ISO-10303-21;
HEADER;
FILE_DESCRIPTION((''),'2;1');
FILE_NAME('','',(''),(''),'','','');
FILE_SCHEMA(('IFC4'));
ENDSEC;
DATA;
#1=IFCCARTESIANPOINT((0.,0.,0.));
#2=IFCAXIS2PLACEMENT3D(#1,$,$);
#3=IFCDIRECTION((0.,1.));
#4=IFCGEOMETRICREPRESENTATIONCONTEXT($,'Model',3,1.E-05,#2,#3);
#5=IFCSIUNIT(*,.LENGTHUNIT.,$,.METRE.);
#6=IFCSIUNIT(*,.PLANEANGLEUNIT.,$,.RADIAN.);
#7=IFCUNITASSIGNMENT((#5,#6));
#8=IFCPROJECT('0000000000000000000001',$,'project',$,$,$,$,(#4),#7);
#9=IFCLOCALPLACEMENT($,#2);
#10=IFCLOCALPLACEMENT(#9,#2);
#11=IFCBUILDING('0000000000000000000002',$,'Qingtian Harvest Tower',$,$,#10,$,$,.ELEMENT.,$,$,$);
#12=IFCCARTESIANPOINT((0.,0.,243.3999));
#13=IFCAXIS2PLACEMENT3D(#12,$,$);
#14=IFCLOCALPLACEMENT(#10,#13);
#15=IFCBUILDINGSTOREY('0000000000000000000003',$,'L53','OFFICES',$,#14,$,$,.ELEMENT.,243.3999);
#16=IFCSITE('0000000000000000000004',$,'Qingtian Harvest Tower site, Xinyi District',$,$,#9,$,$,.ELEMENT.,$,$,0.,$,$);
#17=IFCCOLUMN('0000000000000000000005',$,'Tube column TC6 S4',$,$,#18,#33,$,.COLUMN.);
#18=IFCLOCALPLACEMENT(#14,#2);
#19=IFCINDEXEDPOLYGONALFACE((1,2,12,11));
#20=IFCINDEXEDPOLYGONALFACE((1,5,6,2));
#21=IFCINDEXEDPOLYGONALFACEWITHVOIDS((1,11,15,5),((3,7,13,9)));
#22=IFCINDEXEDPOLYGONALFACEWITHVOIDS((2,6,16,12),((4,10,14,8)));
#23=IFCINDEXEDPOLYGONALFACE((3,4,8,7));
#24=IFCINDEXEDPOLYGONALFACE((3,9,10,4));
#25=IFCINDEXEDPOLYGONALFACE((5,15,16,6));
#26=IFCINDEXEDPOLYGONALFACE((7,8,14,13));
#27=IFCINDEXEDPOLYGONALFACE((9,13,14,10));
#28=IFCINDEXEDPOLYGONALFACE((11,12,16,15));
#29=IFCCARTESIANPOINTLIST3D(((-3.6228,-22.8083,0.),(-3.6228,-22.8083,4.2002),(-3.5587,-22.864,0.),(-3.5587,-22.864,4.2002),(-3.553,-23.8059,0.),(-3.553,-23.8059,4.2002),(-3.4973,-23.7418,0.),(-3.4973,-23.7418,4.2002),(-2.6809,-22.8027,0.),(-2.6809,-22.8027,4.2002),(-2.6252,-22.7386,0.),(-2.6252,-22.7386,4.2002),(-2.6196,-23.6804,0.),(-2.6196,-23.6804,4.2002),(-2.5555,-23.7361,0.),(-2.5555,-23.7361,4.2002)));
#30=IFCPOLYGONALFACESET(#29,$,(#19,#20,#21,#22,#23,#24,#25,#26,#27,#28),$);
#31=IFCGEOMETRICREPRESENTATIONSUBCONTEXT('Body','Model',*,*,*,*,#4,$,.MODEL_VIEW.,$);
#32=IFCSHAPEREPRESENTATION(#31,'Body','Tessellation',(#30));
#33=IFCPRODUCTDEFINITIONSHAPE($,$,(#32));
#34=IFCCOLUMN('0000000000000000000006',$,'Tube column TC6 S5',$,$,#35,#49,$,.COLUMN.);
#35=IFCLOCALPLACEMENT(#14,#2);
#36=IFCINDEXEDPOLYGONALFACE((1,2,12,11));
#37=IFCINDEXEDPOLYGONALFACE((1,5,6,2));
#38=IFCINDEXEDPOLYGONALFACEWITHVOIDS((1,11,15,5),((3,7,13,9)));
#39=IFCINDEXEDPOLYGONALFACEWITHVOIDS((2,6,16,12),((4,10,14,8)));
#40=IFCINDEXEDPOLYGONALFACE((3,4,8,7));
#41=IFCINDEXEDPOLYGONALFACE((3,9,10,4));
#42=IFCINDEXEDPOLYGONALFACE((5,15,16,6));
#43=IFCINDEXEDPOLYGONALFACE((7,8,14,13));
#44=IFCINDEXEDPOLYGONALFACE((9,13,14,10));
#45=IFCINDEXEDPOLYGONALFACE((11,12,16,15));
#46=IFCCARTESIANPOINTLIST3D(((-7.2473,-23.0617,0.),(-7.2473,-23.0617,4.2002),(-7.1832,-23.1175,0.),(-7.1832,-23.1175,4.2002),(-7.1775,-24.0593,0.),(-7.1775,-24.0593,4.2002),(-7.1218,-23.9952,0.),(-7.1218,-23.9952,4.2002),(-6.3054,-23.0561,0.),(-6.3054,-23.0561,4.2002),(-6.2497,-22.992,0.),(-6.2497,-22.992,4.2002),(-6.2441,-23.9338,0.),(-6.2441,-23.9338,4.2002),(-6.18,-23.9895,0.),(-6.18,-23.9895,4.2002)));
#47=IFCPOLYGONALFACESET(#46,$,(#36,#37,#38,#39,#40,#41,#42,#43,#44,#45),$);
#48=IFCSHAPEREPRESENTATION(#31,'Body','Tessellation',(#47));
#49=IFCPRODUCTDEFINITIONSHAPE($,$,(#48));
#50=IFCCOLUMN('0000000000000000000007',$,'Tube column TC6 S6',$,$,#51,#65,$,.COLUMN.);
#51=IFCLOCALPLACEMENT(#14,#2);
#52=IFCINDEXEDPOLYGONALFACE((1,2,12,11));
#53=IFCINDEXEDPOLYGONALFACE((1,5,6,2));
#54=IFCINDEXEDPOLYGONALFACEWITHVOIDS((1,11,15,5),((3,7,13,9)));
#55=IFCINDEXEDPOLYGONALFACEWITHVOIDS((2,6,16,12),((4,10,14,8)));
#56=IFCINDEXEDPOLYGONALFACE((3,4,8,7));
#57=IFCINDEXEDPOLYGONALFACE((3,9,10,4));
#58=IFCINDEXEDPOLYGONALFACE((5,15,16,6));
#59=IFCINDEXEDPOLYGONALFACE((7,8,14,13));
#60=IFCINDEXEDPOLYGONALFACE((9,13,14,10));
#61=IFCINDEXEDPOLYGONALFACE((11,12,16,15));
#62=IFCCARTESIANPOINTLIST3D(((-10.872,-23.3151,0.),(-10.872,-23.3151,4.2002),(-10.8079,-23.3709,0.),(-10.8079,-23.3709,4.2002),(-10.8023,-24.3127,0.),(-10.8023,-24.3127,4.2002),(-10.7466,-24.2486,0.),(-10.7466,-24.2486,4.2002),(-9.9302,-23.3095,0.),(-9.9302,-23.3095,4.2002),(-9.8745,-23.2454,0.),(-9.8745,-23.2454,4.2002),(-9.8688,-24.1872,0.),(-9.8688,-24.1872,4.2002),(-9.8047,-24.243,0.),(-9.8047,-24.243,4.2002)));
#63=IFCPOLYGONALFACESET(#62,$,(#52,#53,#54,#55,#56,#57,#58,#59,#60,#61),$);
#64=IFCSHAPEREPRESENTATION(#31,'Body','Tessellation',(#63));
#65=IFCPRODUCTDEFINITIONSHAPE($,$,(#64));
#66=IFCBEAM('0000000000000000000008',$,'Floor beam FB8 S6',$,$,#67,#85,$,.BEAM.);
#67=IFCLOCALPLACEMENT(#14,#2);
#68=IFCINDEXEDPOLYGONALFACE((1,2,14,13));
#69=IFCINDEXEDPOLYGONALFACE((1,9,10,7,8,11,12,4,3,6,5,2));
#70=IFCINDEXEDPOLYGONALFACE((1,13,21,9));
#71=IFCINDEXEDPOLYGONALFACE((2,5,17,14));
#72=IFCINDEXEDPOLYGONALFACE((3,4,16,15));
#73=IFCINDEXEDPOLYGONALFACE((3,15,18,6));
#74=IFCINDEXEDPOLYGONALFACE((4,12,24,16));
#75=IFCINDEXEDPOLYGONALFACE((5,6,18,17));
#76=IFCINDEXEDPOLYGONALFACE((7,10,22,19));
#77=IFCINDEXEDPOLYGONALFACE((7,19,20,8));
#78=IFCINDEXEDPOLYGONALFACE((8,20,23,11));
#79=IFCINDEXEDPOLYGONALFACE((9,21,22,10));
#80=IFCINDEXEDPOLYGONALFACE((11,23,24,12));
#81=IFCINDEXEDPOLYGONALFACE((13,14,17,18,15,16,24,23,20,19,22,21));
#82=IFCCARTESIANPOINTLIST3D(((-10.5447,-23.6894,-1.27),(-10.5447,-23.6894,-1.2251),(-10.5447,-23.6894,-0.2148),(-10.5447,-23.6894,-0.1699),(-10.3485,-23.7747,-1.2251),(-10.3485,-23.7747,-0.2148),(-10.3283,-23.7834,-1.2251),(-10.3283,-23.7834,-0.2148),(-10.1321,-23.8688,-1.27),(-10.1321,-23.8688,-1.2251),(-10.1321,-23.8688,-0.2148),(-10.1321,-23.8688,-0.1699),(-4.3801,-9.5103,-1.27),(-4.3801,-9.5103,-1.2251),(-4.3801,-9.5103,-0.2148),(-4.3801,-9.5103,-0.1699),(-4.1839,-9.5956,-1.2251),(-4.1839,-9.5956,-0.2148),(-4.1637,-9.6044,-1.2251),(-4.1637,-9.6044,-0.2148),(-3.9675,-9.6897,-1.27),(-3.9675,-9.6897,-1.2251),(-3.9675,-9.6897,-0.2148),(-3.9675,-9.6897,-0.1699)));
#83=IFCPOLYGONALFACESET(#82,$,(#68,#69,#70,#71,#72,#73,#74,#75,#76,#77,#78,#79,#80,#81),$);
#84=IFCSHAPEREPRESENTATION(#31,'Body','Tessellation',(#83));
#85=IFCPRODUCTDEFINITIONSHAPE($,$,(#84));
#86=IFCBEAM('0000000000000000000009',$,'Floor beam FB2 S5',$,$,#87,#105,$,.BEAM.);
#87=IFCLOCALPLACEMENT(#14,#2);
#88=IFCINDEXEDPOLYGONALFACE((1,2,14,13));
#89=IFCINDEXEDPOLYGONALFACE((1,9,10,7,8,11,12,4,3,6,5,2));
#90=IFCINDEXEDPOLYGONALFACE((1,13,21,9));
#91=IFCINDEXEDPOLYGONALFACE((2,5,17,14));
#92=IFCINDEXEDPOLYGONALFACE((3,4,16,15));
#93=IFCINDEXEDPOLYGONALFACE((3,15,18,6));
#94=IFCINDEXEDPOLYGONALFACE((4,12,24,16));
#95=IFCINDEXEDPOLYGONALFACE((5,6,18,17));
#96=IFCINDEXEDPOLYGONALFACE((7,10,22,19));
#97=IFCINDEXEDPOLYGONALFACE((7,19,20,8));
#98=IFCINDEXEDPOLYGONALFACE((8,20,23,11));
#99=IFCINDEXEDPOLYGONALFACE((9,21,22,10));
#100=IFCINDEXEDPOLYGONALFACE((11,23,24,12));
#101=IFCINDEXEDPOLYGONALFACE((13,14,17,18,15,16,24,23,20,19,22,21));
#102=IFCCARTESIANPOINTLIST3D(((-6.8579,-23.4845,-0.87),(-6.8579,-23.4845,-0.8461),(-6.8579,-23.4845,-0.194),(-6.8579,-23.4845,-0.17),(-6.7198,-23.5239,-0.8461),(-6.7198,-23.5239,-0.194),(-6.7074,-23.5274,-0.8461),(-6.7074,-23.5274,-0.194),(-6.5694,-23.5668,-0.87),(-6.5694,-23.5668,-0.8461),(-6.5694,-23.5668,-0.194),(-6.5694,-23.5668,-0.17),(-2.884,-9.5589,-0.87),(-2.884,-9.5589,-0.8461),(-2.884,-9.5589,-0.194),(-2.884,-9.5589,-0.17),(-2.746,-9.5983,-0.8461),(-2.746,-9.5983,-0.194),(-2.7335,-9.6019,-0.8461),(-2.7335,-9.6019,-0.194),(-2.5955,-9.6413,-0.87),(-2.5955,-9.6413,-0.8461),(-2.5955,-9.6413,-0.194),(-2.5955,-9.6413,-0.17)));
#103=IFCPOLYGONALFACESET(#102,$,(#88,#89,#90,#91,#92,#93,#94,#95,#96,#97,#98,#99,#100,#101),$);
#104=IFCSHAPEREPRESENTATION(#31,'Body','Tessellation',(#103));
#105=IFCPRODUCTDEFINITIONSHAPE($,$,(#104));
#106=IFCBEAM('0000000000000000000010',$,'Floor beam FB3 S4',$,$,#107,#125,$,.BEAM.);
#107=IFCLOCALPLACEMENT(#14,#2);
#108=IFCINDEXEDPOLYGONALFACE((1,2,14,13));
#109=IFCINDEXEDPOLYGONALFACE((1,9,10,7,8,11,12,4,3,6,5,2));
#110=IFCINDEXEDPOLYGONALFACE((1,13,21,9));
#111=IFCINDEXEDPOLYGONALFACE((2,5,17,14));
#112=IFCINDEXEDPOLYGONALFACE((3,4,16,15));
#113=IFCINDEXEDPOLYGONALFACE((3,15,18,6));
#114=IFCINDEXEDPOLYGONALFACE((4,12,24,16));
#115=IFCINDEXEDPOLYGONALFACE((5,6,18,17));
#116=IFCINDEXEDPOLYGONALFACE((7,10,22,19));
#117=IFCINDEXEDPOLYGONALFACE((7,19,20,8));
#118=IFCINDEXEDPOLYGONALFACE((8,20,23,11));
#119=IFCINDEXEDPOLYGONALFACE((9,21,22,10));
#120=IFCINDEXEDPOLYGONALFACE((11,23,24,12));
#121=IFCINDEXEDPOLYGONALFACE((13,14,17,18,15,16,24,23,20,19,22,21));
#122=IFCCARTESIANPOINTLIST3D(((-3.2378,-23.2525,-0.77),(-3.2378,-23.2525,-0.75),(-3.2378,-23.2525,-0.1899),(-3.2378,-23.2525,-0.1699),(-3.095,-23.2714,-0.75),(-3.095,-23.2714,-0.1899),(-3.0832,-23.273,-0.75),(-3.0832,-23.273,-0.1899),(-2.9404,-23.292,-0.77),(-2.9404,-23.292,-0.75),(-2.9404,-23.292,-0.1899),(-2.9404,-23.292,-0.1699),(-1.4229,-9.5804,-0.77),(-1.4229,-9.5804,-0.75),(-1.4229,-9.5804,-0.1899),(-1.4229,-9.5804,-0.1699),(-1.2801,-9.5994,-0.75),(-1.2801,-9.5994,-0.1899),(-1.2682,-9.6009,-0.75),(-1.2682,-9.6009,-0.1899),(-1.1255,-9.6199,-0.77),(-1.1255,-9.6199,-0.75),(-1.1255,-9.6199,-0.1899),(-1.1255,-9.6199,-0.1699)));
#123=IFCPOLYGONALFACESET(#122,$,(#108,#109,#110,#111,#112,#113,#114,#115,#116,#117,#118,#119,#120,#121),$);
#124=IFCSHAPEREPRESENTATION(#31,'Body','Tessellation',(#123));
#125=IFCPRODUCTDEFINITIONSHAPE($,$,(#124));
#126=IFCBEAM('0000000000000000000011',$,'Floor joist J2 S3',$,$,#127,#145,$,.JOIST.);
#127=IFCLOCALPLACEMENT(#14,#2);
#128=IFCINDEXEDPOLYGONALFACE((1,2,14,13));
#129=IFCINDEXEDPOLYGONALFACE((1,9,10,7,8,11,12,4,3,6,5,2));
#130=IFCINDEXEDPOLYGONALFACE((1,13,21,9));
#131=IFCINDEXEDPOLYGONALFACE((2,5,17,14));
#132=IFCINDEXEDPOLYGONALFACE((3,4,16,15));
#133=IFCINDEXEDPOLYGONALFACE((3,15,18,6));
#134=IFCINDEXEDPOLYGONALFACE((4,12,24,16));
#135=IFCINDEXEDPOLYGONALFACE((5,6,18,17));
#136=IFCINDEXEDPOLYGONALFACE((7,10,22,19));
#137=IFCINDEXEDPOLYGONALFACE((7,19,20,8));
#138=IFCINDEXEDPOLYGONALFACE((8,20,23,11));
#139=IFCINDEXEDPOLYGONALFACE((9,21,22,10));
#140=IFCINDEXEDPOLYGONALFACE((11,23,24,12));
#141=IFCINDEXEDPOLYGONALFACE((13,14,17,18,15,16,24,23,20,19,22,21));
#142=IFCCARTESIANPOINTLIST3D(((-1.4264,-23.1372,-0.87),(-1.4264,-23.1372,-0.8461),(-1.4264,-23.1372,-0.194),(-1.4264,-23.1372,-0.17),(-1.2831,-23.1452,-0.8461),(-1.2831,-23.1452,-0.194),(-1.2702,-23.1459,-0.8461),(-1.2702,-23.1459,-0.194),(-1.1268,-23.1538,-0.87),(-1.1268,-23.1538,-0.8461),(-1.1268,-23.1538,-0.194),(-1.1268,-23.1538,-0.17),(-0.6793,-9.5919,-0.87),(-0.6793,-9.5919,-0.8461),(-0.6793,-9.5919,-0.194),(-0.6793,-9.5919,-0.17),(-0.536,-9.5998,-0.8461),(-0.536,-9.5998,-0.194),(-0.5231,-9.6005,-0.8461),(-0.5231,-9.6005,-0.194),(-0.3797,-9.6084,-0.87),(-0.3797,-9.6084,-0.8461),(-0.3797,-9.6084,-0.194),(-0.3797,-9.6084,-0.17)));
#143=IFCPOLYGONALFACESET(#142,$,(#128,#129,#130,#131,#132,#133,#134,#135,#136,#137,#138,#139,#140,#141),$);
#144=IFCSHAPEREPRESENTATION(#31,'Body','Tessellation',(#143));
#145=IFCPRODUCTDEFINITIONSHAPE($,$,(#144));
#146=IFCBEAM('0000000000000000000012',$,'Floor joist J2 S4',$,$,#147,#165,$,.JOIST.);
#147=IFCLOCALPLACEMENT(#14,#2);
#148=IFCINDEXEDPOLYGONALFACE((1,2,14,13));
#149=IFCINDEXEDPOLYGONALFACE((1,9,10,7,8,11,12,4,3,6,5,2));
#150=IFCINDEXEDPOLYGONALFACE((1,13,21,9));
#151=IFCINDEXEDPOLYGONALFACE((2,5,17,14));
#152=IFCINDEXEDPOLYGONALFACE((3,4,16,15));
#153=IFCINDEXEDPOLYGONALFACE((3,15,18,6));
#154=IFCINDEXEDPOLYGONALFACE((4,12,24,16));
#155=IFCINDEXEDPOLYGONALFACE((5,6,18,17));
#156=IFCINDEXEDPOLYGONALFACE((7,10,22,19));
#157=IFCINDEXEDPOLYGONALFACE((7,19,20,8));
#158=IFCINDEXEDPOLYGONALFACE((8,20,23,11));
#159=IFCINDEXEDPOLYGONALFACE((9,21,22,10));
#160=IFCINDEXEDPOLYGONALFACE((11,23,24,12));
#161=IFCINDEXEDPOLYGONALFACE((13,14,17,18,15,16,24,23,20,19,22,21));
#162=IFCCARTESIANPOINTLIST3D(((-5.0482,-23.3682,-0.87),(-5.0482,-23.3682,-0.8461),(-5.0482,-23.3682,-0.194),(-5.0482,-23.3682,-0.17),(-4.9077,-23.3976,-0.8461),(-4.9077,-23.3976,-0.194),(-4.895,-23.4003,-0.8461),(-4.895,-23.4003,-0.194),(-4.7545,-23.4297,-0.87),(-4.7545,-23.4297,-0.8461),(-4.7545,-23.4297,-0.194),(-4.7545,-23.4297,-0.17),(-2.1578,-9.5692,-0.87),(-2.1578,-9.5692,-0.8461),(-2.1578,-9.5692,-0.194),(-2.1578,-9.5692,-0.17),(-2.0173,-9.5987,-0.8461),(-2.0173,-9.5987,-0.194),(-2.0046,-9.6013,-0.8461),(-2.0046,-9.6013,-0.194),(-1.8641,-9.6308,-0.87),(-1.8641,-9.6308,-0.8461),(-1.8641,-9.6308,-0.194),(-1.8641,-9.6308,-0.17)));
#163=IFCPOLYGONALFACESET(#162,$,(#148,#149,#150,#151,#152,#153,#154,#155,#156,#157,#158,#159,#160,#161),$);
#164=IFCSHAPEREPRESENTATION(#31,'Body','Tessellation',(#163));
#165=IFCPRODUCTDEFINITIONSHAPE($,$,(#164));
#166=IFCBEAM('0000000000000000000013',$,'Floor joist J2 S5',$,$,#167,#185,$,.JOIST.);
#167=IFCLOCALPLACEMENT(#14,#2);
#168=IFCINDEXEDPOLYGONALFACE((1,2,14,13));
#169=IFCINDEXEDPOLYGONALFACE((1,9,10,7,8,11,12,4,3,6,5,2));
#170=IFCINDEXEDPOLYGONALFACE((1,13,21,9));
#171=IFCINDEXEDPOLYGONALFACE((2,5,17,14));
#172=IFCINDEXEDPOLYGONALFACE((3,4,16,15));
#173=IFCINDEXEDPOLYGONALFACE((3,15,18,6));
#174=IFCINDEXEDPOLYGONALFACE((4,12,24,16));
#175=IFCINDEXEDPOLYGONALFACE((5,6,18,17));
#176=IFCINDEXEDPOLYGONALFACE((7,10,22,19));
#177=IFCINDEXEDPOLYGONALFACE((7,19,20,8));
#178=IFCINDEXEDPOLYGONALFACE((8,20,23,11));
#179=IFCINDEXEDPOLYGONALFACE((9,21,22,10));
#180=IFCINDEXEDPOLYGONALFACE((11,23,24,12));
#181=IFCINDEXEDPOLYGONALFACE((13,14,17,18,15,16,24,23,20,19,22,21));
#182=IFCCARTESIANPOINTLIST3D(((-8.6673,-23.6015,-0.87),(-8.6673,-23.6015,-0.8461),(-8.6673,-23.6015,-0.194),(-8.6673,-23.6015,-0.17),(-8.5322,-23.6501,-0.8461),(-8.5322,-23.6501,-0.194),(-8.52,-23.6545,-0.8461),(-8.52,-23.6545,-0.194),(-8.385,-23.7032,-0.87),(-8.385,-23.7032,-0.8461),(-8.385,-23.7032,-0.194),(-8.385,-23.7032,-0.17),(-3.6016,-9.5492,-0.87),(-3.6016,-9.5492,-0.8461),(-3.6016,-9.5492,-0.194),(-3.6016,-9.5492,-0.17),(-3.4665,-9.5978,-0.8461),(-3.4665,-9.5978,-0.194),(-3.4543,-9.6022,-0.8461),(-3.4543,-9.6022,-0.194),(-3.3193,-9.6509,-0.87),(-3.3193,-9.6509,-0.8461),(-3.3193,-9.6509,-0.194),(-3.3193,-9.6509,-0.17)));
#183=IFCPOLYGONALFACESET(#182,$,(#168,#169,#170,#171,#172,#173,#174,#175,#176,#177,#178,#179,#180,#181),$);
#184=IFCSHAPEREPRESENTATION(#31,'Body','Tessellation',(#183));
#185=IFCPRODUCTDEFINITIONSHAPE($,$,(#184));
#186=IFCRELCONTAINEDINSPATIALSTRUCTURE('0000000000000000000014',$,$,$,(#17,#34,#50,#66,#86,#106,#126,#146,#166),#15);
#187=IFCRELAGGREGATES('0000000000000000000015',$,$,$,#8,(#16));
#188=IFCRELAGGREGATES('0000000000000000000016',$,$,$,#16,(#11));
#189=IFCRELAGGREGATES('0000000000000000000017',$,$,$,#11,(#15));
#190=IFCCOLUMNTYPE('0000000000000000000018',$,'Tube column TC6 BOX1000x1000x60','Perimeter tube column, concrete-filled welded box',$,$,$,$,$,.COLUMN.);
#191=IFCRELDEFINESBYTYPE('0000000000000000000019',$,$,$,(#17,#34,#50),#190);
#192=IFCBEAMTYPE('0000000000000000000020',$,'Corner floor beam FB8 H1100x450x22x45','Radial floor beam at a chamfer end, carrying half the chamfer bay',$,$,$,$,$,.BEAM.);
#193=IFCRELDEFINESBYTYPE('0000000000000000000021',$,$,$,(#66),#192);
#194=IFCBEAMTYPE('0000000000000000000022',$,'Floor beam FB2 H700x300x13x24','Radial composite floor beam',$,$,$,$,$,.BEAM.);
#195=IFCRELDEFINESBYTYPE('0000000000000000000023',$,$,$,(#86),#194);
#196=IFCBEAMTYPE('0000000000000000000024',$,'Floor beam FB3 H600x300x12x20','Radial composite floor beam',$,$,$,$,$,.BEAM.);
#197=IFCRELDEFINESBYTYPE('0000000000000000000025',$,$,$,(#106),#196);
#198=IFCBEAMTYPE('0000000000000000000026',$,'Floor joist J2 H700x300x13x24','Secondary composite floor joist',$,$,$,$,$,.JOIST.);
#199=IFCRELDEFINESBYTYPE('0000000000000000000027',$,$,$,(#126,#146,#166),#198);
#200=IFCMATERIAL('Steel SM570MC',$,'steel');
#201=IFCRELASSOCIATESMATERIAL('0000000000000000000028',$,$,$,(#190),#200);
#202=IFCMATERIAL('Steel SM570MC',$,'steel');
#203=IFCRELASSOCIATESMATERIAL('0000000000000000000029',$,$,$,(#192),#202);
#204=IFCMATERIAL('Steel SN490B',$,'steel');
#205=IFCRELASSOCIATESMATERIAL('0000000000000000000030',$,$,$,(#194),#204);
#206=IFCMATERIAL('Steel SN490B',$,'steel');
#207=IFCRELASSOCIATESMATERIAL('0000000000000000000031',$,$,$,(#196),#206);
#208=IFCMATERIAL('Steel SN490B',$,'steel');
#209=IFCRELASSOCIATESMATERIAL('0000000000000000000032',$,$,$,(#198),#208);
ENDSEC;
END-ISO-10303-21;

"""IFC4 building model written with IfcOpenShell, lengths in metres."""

from ifc_helpers import new_model, si_unit, direction, frame, origin, origin_2d, place, context, subcontext, project, spatial, hollow_rectangle, i_section, extrude, material, material_profile, profile_set, type_object, element, save


model = new_model("IFC4")

# Units and contexts
model_context = context("Model", 3, precision=1e-05, world=origin(), true_north=direction((0.0, 1.0)))
body_context = subcontext(model_context, "Body", "Model", "MODEL_VIEW")
ifc_project = project(units=[si_unit("LENGTHUNIT", "METRE"), si_unit("PLANEANGLEUNIT", "RADIAN")], contexts=[model_context])

# Site, building, storey
site_placement = place(None, origin())
site = spatial("IfcSite", under=ifc_project, at=site_placement, Name="Qingtian Harvest Tower site, Xinyi District", CompositionType="ELEMENT", RefElevation=0.0)
building_placement = place(site_placement, origin())
building = spatial("IfcBuilding", under=site, at=building_placement, Name="Qingtian Harvest Tower", CompositionType="ELEMENT")
storey_placement = place(building_placement, frame((0.0, 0.0, 243.3999)))
storey = spatial("IfcBuildingStorey", under=building, at=storey_placement, Name="L53", Description="OFFICES", CompositionType="ELEMENT", Elevation=243.3999)

# Columns
ifc_material_1 = material(Name="Steel SM570MC", Category="steel")
ifc_material_profile_1 = material_profile(ifc_material_1, hollow_rectangle(XDim=1.0, YDim=1.0, WallThickness=0.0601, at=origin_2d()), Name="BOX1000x1000x60")
ifc_profile_set_1 = profile_set([ifc_material_profile_1], Name="Steel SM570MC")
column_type = type_object("IfcColumnType", Name="Tube column TC6 BOX1000x1000x60", Description="Perimeter tube column, concrete-filled welded box", PredefinedType="COLUMN", material=ifc_profile_set_1)
for number, where, z_axis, x_axis, name in (
    (1, (-3.0891, -23.2722, 0.0), (0.0, 0.0, 1.0), (0.997564, 0.069756, 0.0), "Tube column TC6 S4"),
    (2, (-6.7136, -23.5256, 0.0), (0.0, 0.0, 1.0), (0.997564, 0.069756, 0.0), "Tube column TC6 S5"),
    (3, (-10.3384, -23.7791, 0.0), (0.0, 0.0, 1.0), (0.997564, 0.069756, 0.0), "Tube column TC6 S6"),
):
    element("IfcColumn", number, at=place(storey_placement, frame(where, z_axis=z_axis, x_axis=x_axis)), inside=storey, type_object=column_type, Name=name, PredefinedType="COLUMN", context=body_context, shape_type="SweptSolid", body=[
        extrude(hollow_rectangle(XDim=1.0, YDim=1.0, WallThickness=0.0601, at=origin_2d()), origin(), (0.0, 0.0, 1.0), 4.2002),
    ])

# Beams
ifc_material_2 = material(Name="Steel SM570MC", Category="steel")
ifc_material_profile_2 = material_profile(ifc_material_2, i_section(OverallWidth=0.45, OverallDepth=1.1001, WebThickness=0.022, FlangeThickness=0.0449, at=origin_2d()), Name="H1100x450x22x45")
ifc_profile_set_2 = profile_set([ifc_material_profile_2], Name="Steel SM570MC")
beam_type_1 = type_object("IfcBeamType", Name="Corner floor beam FB8 H1100x450x22x45", Description="Radial floor beam at a chamfer end, carrying half the chamfer bay", PredefinedType="BEAM", material=ifc_profile_set_2)
beam_1_placement = place(storey_placement, frame((-10.3384, -23.7791, -0.72), z_axis=(0.398715, 0.917075, 0.0), x_axis=(-0.917075, 0.398715, 0.0)))
element("IfcBeam", 4, at=beam_1_placement, inside=storey, type_object=beam_type_1, Name="Floor beam FB8 S6", PredefinedType="BEAM", context=body_context, shape_type="SweptSolid", body=[
    extrude(i_section(OverallWidth=0.45, OverallDepth=1.1001, WebThickness=0.022, FlangeThickness=0.0449, at=origin_2d()), origin(), (0.0, 0.0, 1.0), 15.4612),
])
ifc_material_3 = material(Name="Steel SN490B", Category="steel")
ifc_material_profile_3 = material_profile(ifc_material_3, i_section(OverallWidth=0.3, OverallDepth=0.7, WebThickness=0.0129, FlangeThickness=0.0239, at=origin_2d()), Name="H700x300x13x24")
ifc_profile_set_3 = profile_set([ifc_material_profile_3], Name="Steel SN490B")
beam_type_2 = type_object("IfcBeamType", Name="Floor beam FB2 H700x300x13x24", Description="Radial composite floor beam", PredefinedType="BEAM", material=ifc_profile_set_3)
beam_2_placement = place(storey_placement, frame((-6.7136, -23.5256, -0.52), z_axis=(0.274412, 0.961612, 0.0), x_axis=(-0.961612, 0.274412, 0.0)))
element("IfcBeam", 5, at=beam_2_placement, inside=storey, type_object=beam_type_2, Name="Floor beam FB2 S5", PredefinedType="BEAM", context=body_context, shape_type="SweptSolid", body=[
    extrude(i_section(OverallWidth=0.3, OverallDepth=0.7, WebThickness=0.0129, FlangeThickness=0.0239, at=origin_2d()), origin(), (0.0, 0.0, 1.0), 14.4814),
])
ifc_material_4 = material(Name="Steel SN490B", Category="steel")
ifc_material_profile_4 = material_profile(ifc_material_4, i_section(OverallWidth=0.3, OverallDepth=0.6001, WebThickness=0.012, FlangeThickness=0.02, at=origin_2d()), Name="H600x300x12x20")
ifc_profile_set_4 = profile_set([ifc_material_profile_4], Name="Steel SN490B")
beam_type_3 = type_object("IfcBeamType", Name="Floor beam FB3 H600x300x12x20", Description="Radial composite floor beam", PredefinedType="BEAM", material=ifc_profile_set_4)
beam_3_placement = place(storey_placement, frame((-3.0891, -23.2722, -0.47), z_axis=(0.131593, 0.991304, 0.0), x_axis=(-0.991304, 0.131593, 0.0)))
element("IfcBeam", 6, at=beam_3_placement, inside=storey, type_object=beam_type_3, Name="Floor beam FB3 S4", PredefinedType="BEAM", context=body_context, shape_type="SweptSolid", body=[
    extrude(i_section(OverallWidth=0.3, OverallDepth=0.6001, WebThickness=0.012, FlangeThickness=0.02, at=origin_2d()), origin(), (0.0, 0.0, 1.0), 13.792),
])
ifc_material_5 = material(Name="Steel SN490B", Category="steel")
ifc_material_profile_5 = material_profile(ifc_material_5, i_section(OverallWidth=0.3, OverallDepth=0.7, WebThickness=0.0129, FlangeThickness=0.0239, at=origin_2d()), Name="H700x300x13x24")
ifc_profile_set_5 = profile_set([ifc_material_profile_5], Name="Steel SN490B")
beam_type_4 = type_object("IfcBeamType", Name="Floor joist J2 H700x300x13x24", Description="Secondary composite floor joist", PredefinedType="JOIST", material=ifc_profile_set_5)
beam_4_placement = place(storey_placement, frame((-1.2766, -23.1455, -0.52), z_axis=(0.055069, 0.998483, 0.0), x_axis=(-0.998483, 0.055069, 0.0)))
element("IfcBeam", 7, at=beam_4_placement, inside=storey, type_object=beam_type_4, Name="Floor joist J2 S3", PredefinedType="JOIST", context=body_context, shape_type="SweptSolid", body=[
    extrude(i_section(OverallWidth=0.3, OverallDepth=0.7, WebThickness=0.0129, FlangeThickness=0.0239, at=origin_2d()), origin(), (0.0, 0.0, 1.0), 13.5659),
])
beam_5_placement = place(storey_placement, frame((-4.9014, -23.3989, -0.52), z_axis=(0.205016, 0.978759, 0.0), x_axis=(-0.978759, 0.205016, 0.0)))
element("IfcBeam", 8, at=beam_5_placement, inside=storey, type_object=beam_type_4, Name="Floor joist J2 S4", PredefinedType="JOIST", context=body_context, shape_type="SweptSolid", body=[
    extrude(i_section(OverallWidth=0.3, OverallDepth=0.7, WebThickness=0.0129, FlangeThickness=0.0239, at=origin_2d()), origin(), (0.0, 0.0, 1.0), 14.0984),
])
beam_6_placement = place(storey_placement, frame((-8.5261, -23.6523, -0.52), z_axis=(0.339126, 0.940741, 0.0), x_axis=(-0.940741, 0.339126, 0.0)))
element("IfcBeam", 9, at=beam_6_placement, inside=storey, type_object=beam_type_4, Name="Floor joist J2 S5", PredefinedType="JOIST", context=body_context, shape_type="SweptSolid", body=[
    extrude(i_section(OverallWidth=0.3, OverallDepth=0.7, WebThickness=0.0129, FlangeThickness=0.0239, at=origin_2d()), origin(), (0.0, 0.0, 1.0), 14.9375),
])

save(model, "model.ifc")
